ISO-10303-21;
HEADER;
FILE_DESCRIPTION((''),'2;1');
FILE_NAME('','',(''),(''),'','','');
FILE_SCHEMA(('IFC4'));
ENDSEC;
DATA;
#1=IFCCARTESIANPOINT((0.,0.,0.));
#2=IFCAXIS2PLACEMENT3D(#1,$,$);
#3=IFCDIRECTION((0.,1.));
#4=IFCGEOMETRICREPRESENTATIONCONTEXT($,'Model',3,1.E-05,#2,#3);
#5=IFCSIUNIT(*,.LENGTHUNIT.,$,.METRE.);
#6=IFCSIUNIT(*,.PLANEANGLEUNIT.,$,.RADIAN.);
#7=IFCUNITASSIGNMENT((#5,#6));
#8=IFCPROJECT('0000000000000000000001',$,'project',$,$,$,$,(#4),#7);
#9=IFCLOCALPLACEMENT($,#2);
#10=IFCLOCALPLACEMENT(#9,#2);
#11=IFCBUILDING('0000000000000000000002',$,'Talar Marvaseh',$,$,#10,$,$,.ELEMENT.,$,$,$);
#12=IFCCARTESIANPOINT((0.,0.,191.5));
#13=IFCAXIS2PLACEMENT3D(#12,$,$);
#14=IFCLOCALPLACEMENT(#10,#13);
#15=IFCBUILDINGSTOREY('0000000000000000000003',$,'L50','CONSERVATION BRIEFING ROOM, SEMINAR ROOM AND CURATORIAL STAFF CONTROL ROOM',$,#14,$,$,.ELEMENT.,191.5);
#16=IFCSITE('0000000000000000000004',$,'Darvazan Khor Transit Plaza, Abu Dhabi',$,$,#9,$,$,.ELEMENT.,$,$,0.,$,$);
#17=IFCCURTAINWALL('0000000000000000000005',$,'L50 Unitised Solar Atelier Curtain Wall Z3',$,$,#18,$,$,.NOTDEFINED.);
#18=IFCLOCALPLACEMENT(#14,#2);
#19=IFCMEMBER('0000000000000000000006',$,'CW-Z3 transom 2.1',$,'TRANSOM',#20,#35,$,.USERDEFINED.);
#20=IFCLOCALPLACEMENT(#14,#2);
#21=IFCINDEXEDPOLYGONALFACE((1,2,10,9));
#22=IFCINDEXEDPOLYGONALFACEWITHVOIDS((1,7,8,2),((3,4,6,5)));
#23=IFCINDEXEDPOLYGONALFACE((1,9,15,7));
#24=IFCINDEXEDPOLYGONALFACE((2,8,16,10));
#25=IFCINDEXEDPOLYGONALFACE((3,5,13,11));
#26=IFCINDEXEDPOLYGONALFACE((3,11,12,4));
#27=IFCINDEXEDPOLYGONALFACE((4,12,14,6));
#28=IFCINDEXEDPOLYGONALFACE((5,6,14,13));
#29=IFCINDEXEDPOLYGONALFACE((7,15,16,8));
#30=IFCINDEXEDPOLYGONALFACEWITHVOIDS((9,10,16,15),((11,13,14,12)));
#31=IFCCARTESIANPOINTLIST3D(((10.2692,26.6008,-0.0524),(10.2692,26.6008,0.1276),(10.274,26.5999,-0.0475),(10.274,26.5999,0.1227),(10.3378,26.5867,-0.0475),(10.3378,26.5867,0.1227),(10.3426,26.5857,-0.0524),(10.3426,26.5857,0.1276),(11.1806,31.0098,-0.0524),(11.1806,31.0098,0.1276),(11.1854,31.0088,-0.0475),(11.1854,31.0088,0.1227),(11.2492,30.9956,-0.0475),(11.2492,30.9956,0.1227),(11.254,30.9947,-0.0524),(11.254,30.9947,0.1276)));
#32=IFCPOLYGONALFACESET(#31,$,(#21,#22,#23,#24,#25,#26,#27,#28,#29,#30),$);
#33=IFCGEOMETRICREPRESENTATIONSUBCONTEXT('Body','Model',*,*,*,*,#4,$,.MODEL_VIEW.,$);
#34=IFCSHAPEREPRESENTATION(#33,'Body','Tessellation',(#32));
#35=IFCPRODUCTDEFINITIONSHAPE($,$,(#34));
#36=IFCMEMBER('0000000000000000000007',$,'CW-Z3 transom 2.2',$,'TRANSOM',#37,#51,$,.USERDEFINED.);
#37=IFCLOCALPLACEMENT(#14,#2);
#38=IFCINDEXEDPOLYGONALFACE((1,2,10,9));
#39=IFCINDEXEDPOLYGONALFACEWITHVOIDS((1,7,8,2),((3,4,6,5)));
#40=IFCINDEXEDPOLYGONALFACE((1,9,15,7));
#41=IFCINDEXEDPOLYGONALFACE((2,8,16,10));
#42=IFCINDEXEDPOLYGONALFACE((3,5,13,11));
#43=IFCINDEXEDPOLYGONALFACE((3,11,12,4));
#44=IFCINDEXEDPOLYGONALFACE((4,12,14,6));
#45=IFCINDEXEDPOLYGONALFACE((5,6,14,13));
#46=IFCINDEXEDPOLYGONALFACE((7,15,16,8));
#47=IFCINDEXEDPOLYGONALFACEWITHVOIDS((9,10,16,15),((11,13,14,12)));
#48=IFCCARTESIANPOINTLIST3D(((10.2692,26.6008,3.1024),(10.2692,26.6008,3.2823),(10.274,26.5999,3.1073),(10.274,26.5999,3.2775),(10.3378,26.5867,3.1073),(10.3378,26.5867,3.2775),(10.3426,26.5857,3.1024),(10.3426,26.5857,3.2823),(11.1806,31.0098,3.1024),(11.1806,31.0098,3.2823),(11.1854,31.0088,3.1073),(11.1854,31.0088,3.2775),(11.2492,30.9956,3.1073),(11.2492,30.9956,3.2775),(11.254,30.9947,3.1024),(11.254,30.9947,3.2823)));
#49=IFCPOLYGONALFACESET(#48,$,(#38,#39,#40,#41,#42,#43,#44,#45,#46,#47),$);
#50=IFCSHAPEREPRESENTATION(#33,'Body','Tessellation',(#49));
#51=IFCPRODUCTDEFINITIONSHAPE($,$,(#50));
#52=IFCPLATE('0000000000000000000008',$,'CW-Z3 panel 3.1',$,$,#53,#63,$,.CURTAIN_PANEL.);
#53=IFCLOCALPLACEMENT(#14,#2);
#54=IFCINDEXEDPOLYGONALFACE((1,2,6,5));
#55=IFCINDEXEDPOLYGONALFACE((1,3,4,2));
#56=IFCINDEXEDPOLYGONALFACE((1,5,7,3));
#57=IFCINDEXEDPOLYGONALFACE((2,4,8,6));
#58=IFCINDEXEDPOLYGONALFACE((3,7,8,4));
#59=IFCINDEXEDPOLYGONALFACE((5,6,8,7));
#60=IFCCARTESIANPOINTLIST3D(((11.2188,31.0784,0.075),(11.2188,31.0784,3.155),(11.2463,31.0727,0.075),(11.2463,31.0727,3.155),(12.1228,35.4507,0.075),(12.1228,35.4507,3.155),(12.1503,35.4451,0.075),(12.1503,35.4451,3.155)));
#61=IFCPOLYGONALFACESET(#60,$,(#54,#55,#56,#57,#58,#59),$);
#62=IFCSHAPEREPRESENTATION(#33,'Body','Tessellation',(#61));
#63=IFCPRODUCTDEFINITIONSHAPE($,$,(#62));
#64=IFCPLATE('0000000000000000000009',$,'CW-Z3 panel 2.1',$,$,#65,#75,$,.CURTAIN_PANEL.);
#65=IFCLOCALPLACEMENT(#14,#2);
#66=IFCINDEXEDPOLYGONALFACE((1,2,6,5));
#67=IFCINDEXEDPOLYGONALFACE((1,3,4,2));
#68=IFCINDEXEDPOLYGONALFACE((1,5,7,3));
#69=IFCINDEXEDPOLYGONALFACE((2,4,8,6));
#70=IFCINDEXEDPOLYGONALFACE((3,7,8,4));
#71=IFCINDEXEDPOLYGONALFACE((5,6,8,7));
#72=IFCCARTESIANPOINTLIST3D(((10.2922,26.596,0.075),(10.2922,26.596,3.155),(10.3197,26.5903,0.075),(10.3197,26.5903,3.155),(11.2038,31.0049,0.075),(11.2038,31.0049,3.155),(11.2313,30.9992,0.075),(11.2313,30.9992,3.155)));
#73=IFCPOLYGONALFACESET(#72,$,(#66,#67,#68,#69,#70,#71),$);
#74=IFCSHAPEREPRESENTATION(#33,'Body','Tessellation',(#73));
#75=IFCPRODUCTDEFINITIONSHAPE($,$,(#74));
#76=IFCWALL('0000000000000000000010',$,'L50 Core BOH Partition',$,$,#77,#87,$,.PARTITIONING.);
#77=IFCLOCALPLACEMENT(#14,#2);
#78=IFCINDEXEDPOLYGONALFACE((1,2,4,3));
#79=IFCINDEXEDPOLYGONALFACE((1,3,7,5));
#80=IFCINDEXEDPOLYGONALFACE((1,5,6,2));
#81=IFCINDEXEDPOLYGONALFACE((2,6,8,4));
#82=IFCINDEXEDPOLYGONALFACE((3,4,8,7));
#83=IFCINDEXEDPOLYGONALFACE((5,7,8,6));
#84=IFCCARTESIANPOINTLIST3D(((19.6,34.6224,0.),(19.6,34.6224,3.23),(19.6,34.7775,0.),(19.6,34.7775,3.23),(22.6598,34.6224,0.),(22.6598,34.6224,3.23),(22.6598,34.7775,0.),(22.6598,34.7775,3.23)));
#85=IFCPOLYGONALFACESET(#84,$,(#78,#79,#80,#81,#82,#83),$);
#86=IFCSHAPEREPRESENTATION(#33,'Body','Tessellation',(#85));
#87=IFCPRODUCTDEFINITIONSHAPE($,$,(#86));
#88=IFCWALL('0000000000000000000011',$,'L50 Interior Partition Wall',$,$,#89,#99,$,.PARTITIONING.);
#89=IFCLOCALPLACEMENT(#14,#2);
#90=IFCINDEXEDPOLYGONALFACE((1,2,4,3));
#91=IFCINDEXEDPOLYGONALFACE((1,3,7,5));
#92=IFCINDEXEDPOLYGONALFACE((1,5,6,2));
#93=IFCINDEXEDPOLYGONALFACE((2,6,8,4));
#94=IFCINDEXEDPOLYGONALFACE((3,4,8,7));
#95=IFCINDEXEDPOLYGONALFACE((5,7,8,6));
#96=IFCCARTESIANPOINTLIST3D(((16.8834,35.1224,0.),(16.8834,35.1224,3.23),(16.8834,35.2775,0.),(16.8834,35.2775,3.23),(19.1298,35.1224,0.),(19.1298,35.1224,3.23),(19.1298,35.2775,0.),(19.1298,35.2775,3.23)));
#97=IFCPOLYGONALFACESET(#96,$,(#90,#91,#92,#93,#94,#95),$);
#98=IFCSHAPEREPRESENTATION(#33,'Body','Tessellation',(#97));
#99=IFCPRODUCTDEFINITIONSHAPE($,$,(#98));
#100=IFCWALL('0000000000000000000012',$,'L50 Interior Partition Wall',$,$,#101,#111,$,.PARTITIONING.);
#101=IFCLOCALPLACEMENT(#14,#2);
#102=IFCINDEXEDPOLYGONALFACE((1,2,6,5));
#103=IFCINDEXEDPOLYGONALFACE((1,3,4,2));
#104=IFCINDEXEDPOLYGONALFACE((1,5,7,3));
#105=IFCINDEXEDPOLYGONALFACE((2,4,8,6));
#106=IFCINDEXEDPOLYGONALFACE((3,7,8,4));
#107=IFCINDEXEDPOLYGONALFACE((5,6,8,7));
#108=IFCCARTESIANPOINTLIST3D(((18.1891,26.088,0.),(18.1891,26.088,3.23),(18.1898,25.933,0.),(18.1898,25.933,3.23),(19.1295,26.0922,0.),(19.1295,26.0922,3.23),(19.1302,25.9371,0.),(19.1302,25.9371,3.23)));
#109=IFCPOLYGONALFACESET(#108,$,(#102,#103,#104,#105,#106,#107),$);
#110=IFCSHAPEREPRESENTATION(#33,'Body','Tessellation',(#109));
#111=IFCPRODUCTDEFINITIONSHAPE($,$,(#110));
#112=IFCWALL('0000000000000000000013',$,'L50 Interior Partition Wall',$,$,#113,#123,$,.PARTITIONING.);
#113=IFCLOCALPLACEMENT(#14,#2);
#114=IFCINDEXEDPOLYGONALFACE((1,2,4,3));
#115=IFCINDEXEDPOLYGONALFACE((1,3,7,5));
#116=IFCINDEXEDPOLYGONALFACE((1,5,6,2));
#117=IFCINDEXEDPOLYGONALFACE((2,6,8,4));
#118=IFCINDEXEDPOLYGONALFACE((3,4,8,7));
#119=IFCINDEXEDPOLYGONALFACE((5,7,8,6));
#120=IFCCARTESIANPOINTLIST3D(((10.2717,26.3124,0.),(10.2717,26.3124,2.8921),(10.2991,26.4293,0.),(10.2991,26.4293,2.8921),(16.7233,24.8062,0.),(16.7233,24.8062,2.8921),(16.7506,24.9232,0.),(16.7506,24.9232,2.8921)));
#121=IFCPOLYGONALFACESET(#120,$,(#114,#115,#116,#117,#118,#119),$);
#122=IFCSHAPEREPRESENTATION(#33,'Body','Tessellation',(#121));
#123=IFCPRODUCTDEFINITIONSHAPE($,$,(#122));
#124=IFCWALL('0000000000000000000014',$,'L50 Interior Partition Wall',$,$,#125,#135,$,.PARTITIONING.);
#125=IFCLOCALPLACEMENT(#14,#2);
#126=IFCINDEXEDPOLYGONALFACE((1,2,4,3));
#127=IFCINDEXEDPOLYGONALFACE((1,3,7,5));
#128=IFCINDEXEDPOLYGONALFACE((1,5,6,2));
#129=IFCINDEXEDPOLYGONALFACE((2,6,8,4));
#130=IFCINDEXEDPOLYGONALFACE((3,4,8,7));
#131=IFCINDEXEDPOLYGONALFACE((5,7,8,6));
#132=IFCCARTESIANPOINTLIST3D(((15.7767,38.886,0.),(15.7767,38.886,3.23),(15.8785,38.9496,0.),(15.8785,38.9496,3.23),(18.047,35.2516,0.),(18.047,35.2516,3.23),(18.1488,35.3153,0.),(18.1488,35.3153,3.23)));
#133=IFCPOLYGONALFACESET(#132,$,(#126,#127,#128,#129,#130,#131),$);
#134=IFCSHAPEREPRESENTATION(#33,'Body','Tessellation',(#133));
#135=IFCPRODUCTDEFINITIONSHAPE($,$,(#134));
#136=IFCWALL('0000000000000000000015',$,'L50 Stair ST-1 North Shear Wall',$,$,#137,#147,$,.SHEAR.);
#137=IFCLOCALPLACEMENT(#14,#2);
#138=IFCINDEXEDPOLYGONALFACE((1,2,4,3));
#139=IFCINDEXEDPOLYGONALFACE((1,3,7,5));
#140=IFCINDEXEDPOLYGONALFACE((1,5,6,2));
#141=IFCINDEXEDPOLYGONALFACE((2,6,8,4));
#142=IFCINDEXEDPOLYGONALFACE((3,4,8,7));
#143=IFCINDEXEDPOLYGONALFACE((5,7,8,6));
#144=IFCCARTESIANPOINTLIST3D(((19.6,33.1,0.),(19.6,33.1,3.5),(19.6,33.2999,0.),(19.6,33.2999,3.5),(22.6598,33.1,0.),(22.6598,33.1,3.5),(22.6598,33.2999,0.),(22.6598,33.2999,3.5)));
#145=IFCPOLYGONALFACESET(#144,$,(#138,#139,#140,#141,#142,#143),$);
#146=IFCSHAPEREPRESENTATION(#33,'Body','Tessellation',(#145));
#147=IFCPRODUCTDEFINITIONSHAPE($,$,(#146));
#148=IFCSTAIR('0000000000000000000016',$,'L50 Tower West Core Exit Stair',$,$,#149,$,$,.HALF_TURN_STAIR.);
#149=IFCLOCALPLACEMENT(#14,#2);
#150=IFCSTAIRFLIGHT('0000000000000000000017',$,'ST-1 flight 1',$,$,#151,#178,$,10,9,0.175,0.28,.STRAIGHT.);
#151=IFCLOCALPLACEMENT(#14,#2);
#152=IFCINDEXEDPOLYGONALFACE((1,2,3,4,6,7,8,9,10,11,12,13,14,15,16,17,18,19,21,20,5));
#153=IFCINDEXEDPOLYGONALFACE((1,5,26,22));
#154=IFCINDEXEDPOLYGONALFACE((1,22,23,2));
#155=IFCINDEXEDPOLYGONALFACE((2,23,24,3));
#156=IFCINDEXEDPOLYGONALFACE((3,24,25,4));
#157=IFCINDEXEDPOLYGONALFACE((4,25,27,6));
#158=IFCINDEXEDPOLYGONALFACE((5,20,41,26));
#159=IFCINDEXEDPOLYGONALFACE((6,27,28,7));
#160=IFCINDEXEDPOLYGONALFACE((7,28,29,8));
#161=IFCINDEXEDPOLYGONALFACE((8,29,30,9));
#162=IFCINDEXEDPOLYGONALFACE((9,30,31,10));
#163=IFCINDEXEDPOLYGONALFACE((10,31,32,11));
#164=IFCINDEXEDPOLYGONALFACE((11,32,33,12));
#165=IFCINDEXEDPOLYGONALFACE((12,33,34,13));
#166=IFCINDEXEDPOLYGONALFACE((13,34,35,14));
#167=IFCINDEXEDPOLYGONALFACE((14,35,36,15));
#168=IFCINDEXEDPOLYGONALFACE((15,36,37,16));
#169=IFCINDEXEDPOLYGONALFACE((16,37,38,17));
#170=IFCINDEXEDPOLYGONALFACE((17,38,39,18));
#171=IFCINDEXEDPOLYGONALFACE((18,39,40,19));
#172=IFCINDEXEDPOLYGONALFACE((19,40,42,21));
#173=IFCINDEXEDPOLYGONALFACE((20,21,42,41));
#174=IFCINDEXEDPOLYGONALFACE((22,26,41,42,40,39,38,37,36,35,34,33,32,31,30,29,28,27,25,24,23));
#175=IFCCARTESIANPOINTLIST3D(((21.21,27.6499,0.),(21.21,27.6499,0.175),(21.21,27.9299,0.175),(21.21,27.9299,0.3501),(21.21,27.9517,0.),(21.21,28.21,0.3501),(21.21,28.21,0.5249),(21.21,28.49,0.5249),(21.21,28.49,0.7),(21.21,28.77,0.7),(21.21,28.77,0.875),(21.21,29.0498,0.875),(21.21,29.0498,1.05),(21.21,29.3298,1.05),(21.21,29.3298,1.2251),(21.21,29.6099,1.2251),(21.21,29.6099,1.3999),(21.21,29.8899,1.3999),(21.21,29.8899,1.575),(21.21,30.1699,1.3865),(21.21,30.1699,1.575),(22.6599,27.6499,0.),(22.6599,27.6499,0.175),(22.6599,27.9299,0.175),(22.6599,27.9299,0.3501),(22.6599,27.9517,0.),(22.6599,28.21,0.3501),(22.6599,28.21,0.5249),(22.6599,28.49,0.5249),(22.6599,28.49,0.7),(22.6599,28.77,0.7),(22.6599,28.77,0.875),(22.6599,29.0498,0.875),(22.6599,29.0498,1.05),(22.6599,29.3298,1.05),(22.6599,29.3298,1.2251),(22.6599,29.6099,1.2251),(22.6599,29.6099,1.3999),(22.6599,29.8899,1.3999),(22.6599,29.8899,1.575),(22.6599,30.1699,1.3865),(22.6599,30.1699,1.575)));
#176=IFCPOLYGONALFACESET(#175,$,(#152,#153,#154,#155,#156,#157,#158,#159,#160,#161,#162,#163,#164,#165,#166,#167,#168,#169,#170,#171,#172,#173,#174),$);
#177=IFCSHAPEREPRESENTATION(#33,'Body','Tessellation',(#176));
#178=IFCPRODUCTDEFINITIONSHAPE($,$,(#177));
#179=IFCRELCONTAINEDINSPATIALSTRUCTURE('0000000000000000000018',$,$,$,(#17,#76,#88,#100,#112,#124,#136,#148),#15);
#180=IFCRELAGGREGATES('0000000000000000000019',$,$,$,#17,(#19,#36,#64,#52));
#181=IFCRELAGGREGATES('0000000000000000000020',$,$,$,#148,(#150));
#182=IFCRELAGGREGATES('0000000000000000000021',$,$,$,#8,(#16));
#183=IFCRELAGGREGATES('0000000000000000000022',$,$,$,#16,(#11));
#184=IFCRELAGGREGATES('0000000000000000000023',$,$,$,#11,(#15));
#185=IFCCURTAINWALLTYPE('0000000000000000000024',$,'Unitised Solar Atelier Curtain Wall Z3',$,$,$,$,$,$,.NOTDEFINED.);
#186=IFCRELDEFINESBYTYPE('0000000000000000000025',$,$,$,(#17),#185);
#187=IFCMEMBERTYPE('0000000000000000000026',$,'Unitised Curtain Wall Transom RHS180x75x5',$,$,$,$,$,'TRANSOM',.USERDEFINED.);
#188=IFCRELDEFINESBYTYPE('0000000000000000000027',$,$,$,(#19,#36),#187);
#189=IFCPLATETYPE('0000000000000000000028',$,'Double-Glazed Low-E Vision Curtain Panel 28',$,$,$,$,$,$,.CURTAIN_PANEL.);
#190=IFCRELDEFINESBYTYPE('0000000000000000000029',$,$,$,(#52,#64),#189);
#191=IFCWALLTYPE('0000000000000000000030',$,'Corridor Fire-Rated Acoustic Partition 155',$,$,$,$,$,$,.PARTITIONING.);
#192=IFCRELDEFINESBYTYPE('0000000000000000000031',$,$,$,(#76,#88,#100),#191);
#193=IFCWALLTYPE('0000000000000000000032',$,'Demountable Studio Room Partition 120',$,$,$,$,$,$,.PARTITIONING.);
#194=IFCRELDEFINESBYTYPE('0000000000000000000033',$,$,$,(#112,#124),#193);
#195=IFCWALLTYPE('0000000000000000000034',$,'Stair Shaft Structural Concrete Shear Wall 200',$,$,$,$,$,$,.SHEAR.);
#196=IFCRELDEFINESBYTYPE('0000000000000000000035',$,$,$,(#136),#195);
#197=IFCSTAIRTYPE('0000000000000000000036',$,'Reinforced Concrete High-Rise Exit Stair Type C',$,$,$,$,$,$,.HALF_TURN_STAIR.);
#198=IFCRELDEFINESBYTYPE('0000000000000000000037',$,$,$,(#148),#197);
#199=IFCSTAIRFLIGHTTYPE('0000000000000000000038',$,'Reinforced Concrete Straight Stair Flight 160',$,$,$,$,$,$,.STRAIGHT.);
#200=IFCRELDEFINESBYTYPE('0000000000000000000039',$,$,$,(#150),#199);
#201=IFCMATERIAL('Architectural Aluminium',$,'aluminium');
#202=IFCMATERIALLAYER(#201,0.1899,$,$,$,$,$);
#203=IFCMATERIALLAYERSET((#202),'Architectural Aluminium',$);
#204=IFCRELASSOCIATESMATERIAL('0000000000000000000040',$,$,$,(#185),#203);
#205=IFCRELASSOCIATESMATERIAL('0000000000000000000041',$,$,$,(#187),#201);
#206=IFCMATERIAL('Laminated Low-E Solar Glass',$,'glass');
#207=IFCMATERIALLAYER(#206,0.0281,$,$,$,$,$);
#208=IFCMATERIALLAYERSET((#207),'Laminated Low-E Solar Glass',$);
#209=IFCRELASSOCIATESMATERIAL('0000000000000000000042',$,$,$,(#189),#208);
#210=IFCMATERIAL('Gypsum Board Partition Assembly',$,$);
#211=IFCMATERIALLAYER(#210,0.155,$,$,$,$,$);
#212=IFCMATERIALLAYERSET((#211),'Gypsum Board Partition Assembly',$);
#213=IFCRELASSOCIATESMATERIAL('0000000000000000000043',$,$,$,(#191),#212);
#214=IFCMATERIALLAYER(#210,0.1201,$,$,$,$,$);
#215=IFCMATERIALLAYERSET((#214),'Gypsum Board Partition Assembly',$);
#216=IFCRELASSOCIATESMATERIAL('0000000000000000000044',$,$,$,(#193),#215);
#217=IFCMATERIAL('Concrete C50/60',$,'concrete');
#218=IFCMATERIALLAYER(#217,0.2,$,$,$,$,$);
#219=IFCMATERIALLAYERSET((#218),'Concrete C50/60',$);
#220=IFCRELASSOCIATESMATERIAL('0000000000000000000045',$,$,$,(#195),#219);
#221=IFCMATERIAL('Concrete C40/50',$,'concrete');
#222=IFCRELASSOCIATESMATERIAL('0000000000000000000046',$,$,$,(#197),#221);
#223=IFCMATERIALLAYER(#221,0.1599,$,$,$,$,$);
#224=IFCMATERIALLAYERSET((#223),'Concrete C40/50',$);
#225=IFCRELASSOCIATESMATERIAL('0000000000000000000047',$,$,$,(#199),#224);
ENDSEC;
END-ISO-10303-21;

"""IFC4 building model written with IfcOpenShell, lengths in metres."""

from ifc_helpers import new_model, si_unit, direction, frame, frame_2d, origin, origin_2d, place, context, subcontext, project, spatial, polyline, rectangle, hollow_rectangle, outline, extrude, source, transform, mapped, material, layer, layer_set, material_profile, profile_set, type_object, type_shapes, element, aggregate, save


model = new_model("IFC4")

# Units and contexts
model_context = context("Model", 3, precision=1e-05, world=origin(), true_north=direction((0.0, 1.0)))
body_context = subcontext(model_context, "Body", "Model", "MODEL_VIEW")
ifc_project = project(units=[si_unit("LENGTHUNIT", "METRE"), si_unit("PLANEANGLEUNIT", "RADIAN")], contexts=[model_context])

# Site, building, storey
site_placement = place(None, origin())
site = spatial("IfcSite", under=ifc_project, at=site_placement, Name="Darvazan Khor Transit Plaza, Abu Dhabi", CompositionType="ELEMENT", RefElevation=0.0)
building_placement = place(site_placement, origin())
building = spatial("IfcBuilding", under=site, at=building_placement, Name="Talar Marvaseh", CompositionType="ELEMENT")
storey_placement = place(building_placement, frame((0.0, 0.0, 191.5)))
storey = spatial("IfcBuildingStorey", under=building, at=storey_placement, Name="L50", Description="CONSERVATION BRIEFING ROOM, SEMINAR ROOM AND CURATORIAL STAFF CONTROL ROOM", CompositionType="ELEMENT", Elevation=191.5)

# Curtain wall, members, plates
ifc_material_1 = material(Name="Architectural Aluminium", Category="aluminium")
ifc_layer_1 = layer(ifc_material_1, 0.1899)
ifc_layer_set_1 = layer_set([ifc_layer_1], Name="Architectural Aluminium")
curtain_wall_type = type_object("IfcCurtainWallType", Name="Unitised Solar Atelier Curtain Wall Z3", PredefinedType="NOTDEFINED", material=ifc_layer_set_1)
curtain_wall_placement = place(storey_placement, origin())
curtain_wall = element("IfcCurtainWall", 1, at=curtain_wall_placement, inside=storey, type_object=curtain_wall_type, Name="L50 Unitised Solar Atelier Curtain Wall Z3", PredefinedType="NOTDEFINED")
ifc_material_profile_1 = material_profile(ifc_material_1, hollow_rectangle(XDim=0.075, YDim=0.1799, WallThickness=0.0049, at=origin_2d()), Name="RHS180x75x5")
ifc_profile_set_1 = profile_set([ifc_material_profile_1], Name="Architectural Aluminium")
member_type_1 = type_object("IfcMemberType", Name="Unitised Curtain Wall Transom RHS180x75x5", ElementType="TRANSOM", PredefinedType="USERDEFINED", material=ifc_profile_set_1)
shared_shape_1 = source(origin(), body_context, "Body", "SweptSolid", [
    extrude(hollow_rectangle(XDim=0.075, YDim=0.1799, WallThickness=0.0049, at=origin_2d()), origin(), (0.0, 0.0, 1.0), 4.5022),
])
member_1_placement = place(storey_placement, frame((10.3059, 26.5933, 0.0376), z_axis=(0.202432, 0.979296, 0.0), x_axis=(-0.979296, 0.202432, 0.0)))
member_1 = element("IfcMember", 2, at=member_1_placement, type_object=member_type_1, Name="CW-Z3 transom 2.1", ObjectType="TRANSOM", PredefinedType="USERDEFINED", context=body_context, shape_type="MappedRepresentation", body=[
    mapped(shared_shape_1, transform((0.0, 0.0, 0.0), x_axis=(1.0, 0.0, 0.0), y_axis=(0.0, 1.0, 0.0), z_axis=(0.0, 0.0, 1.0), scale=1.0)),
])
member_2_placement = place(storey_placement, frame((10.3059, 26.5933, 3.1924), z_axis=(0.202432, 0.979296, 0.0), x_axis=(-0.979296, 0.202432, 0.0)))
member_2 = element("IfcMember", 3, at=member_2_placement, type_object=member_type_1, Name="CW-Z3 transom 2.2", ObjectType="TRANSOM", PredefinedType="USERDEFINED", context=body_context, shape_type="MappedRepresentation", body=[
    mapped(shared_shape_1, transform((0.0, 0.0, 0.0), x_axis=(1.0, 0.0, 0.0), y_axis=(0.0, 1.0, 0.0), z_axis=(0.0, 0.0, 1.0), scale=1.0)),
])
ifc_material_2 = material(Name="Laminated Low-E Solar Glass", Category="glass")
ifc_layer_2 = layer(ifc_material_2, 0.0281)
ifc_layer_set_2 = layer_set([ifc_layer_2], Name="Laminated Low-E Solar Glass")
plate_type = type_object("IfcPlateType", Name="Double-Glazed Low-E Vision Curtain Panel 28", PredefinedType="CURTAIN_PANEL", material=ifc_layer_set_2)
shared_shape_2 = source(origin(), body_context, "Body", "SweptSolid", [
    extrude(rectangle(XDim=4.4648, YDim=0.0281, at=origin_2d()), origin(), (0.0, 0.0, 1.0), 3.0801),
])
plate_1_placement = place(storey_placement, frame((11.6846, 33.2617, 0.075), z_axis=(0.0, 0.0, 1.0), x_axis=(0.20248, 0.979286, 0.0)))
plate_1 = element("IfcPlate", 4, at=plate_1_placement, type_object=plate_type, Name="CW-Z3 panel 3.1", PredefinedType="CURTAIN_PANEL", context=body_context, shape_type="MappedRepresentation", body=[
    mapped(shared_shape_2, transform((0.0, 0.0, 0.0), x_axis=(1.0, 0.0, 0.0), y_axis=(0.0, 1.0, 0.0), z_axis=(0.0, 0.0, 1.0), scale=1.0)),
])
shared_shape_3 = source(origin(), body_context, "Body", "SweptSolid", [
    extrude(rectangle(XDim=4.5022, YDim=0.0281, at=origin_2d()), origin(), (0.0, 0.0, 1.0), 3.0801),
])
type_shapes(plate_type, [shared_shape_2, shared_shape_3])
plate_2_placement = place(storey_placement, frame((10.7617, 28.7976, 0.075), z_axis=(0.0, 0.0, 1.0), x_axis=(0.20248, 0.979286, 0.0)))
plate_2 = element("IfcPlate", 5, at=plate_2_placement, type_object=plate_type, Name="CW-Z3 panel 2.1", PredefinedType="CURTAIN_PANEL", context=body_context, shape_type="MappedRepresentation", body=[
    mapped(shared_shape_3, transform((0.0, 0.0, 0.0), x_axis=(1.0, 0.0, 0.0), y_axis=(0.0, 1.0, 0.0), z_axis=(0.0, 0.0, 1.0), scale=1.0)),
])
aggregate(curtain_wall, [member_1, member_2, plate_2, plate_1])

# Walls
ifc_material_3 = material(Name="Gypsum Board Partition Assembly")
ifc_layer_3 = layer(ifc_material_3, 0.155)
ifc_layer_set_3 = layer_set([ifc_layer_3], Name="Gypsum Board Partition Assembly")
wall_type_1 = type_object("IfcWallType", Name="Corridor Fire-Rated Acoustic Partition 155", PredefinedType="PARTITIONING", material=ifc_layer_set_3)
wall_1_placement = place(storey_placement, frame((19.6001, 34.7, 0.0), z_axis=(0.0, 0.0, 1.0), x_axis=(1.0, 0.0, 0.0)))
element("IfcWall", 6, at=wall_1_placement, inside=storey, type_object=wall_type_1, Name="L50 Core BOH Partition", PredefinedType="PARTITIONING", context=body_context, shape_type="SweptSolid", body=[
    extrude(rectangle(XDim=3.0598, YDim=0.155, at=frame_2d((1.5298, 0.0))), origin(), (0.0, 0.0, 1.0), 3.23),
])
wall_2_placement = place(storey_placement, frame((16.8835, 35.2, 0.0), z_axis=(0.0, 0.0, 1.0), x_axis=(1.0, 0.0, 0.0)))
element("IfcWall", 7, at=wall_2_placement, inside=storey, type_object=wall_type_1, Name="L50 Interior Partition Wall", PredefinedType="PARTITIONING", context=body_context, shape_type="SweptSolid", body=[
    extrude(rectangle(XDim=2.2463, YDim=0.155, at=frame_2d((1.123, 0.0))), origin(), (0.0, 0.0, 1.0), 3.23),
])
wall_3_placement = place(storey_placement, frame((19.1299, 26.0146, 0.0), z_axis=(0.0, 0.0, 1.0), x_axis=(-0.99999, -0.004413, 0.0)))
element("IfcWall", 8, at=wall_3_placement, inside=storey, type_object=wall_type_1, Name="L50 Interior Partition Wall", PredefinedType="PARTITIONING", context=body_context, shape_type="SweptSolid", body=[
    extrude(rectangle(XDim=0.9404, YDim=0.155, at=frame_2d((0.4702, 0.0))), origin(), (0.0, 0.0, 1.0), 3.23),
])
ifc_layer_4 = layer(ifc_material_3, 0.1201)
ifc_layer_set_4 = layer_set([ifc_layer_4], Name="Gypsum Board Partition Assembly")
wall_type_2 = type_object("IfcWallType", Name="Demountable Studio Room Partition 120", PredefinedType="PARTITIONING", material=ifc_layer_set_4)
wall_4_placement = place(storey_placement, frame((10.2854, 26.3708, 0.0), z_axis=(0.0, 0.0, 1.0), x_axis=(0.973815, -0.22734, 0.0)))
element("IfcWall", 9, at=wall_4_placement, inside=storey, type_object=wall_type_2, Name="L50 Interior Partition Wall", PredefinedType="PARTITIONING", context=body_context, shape_type="SweptSolid", body=[
    extrude(rectangle(XDim=6.625, YDim=0.1201, at=frame_2d((3.3125, 0.0))), origin(), (0.0, 0.0, 1.0), 2.8921),
])
wall_5_placement = place(storey_placement, frame((18.0979, 35.2834, 0.0), z_axis=(0.0, 0.0, 1.0), x_axis=(-0.529804, 0.84812, 0.0)))
element("IfcWall", 10, at=wall_5_placement, inside=storey, type_object=wall_type_2, Name="L50 Interior Partition Wall", PredefinedType="PARTITIONING", context=body_context, shape_type="SweptSolid", body=[
    extrude(rectangle(XDim=4.2852, YDim=0.1201, at=frame_2d((2.1426, 0.0))), origin(), (0.0, 0.0, 1.0), 3.23),
])
ifc_material_4 = material(Name="Concrete C50/60", Category="concrete")
ifc_layer_5 = layer(ifc_material_4, 0.2)
ifc_layer_set_5 = layer_set([ifc_layer_5], Name="Concrete C50/60")
wall_type_3 = type_object("IfcWallType", Name="Stair Shaft Structural Concrete Shear Wall 200", PredefinedType="SHEAR", material=ifc_layer_set_5)
wall_6_placement = place(storey_placement, frame((19.6001, 33.2, 0.0), z_axis=(0.0, 0.0, 1.0), x_axis=(1.0, 0.0, 0.0)))
element("IfcWall", 11, at=wall_6_placement, inside=storey, type_object=wall_type_3, Name="L50 Stair ST-1 North Shear Wall", PredefinedType="SHEAR", context=body_context, shape_type="SweptSolid", body=[
    extrude(rectangle(XDim=3.0598, YDim=0.2, at=frame_2d((1.5298, 0.0))), origin(), (0.0, 0.0, 1.0), 3.5),
])

# Stair, stair flight
ifc_material_5 = material(Name="Concrete C40/50", Category="concrete")
stair_type = type_object("IfcStairType", Name="Reinforced Concrete High-Rise Exit Stair Type C", PredefinedType="HALF_TURN_STAIR", material=ifc_material_5)
stair_placement = place(storey_placement, origin())
stair = element("IfcStair", 12, at=stair_placement, inside=storey, type_object=stair_type, Name="L50 Tower West Core Exit Stair", PredefinedType="HALF_TURN_STAIR")
ifc_layer_6 = layer(ifc_material_5, 0.1599)
ifc_layer_set_6 = layer_set([ifc_layer_6], Name="Concrete C40/50")
stair_flight_type = type_object("IfcStairFlightType", Name="Reinforced Concrete Straight Stair Flight 160", PredefinedType="STRAIGHT", material=ifc_layer_set_6)
stair_flight_1_placement = place(storey_placement, frame((21.9351, 27.6499, 0.0), z_axis=(0.0, 0.0, 1.0), x_axis=(0.0, 1.0, 0.0)))
stair_flight_1 = element("IfcStairFlight", 13, at=stair_flight_1_placement, type_object=stair_flight_type, Name="ST-1 flight 1", NumberOfRisers=10, NumberOfTreads=9, PredefinedType="STRAIGHT", RiserHeight=0.175, TreadLength=0.28, context=body_context, shape_type="SweptSolid", body=[
    extrude(outline(polyline([(0.0, 0.0), (0.0, 0.175), (0.28, 0.175), (0.28, 0.3501), (0.5601, 0.3501), (0.5601, 0.5249), (0.8401, 0.5249), (0.8401, 0.7), (1.1201, 0.7), (1.1201, 0.875), (1.3999, 0.875), (1.3999, 1.05), (1.6799, 1.05), (1.6799, 1.2251), (1.96, 1.2251), (1.96, 1.3999), (2.24, 1.3999), (2.24, 1.575), (2.52, 1.575), (2.52, 1.75), (2.52, 1.3865), (0.3018, 0.0), (0.0, 0.0)])), frame((0.0, 0.7251, 0.0), z_axis=(0.0, -1.0, 0.0), x_axis=(1.0, 0.0, 0.0)), (0.0, 0.0, 1.0), 1.45),
])
aggregate(stair, [stair_flight_1])

save(model, "model.ifc")
